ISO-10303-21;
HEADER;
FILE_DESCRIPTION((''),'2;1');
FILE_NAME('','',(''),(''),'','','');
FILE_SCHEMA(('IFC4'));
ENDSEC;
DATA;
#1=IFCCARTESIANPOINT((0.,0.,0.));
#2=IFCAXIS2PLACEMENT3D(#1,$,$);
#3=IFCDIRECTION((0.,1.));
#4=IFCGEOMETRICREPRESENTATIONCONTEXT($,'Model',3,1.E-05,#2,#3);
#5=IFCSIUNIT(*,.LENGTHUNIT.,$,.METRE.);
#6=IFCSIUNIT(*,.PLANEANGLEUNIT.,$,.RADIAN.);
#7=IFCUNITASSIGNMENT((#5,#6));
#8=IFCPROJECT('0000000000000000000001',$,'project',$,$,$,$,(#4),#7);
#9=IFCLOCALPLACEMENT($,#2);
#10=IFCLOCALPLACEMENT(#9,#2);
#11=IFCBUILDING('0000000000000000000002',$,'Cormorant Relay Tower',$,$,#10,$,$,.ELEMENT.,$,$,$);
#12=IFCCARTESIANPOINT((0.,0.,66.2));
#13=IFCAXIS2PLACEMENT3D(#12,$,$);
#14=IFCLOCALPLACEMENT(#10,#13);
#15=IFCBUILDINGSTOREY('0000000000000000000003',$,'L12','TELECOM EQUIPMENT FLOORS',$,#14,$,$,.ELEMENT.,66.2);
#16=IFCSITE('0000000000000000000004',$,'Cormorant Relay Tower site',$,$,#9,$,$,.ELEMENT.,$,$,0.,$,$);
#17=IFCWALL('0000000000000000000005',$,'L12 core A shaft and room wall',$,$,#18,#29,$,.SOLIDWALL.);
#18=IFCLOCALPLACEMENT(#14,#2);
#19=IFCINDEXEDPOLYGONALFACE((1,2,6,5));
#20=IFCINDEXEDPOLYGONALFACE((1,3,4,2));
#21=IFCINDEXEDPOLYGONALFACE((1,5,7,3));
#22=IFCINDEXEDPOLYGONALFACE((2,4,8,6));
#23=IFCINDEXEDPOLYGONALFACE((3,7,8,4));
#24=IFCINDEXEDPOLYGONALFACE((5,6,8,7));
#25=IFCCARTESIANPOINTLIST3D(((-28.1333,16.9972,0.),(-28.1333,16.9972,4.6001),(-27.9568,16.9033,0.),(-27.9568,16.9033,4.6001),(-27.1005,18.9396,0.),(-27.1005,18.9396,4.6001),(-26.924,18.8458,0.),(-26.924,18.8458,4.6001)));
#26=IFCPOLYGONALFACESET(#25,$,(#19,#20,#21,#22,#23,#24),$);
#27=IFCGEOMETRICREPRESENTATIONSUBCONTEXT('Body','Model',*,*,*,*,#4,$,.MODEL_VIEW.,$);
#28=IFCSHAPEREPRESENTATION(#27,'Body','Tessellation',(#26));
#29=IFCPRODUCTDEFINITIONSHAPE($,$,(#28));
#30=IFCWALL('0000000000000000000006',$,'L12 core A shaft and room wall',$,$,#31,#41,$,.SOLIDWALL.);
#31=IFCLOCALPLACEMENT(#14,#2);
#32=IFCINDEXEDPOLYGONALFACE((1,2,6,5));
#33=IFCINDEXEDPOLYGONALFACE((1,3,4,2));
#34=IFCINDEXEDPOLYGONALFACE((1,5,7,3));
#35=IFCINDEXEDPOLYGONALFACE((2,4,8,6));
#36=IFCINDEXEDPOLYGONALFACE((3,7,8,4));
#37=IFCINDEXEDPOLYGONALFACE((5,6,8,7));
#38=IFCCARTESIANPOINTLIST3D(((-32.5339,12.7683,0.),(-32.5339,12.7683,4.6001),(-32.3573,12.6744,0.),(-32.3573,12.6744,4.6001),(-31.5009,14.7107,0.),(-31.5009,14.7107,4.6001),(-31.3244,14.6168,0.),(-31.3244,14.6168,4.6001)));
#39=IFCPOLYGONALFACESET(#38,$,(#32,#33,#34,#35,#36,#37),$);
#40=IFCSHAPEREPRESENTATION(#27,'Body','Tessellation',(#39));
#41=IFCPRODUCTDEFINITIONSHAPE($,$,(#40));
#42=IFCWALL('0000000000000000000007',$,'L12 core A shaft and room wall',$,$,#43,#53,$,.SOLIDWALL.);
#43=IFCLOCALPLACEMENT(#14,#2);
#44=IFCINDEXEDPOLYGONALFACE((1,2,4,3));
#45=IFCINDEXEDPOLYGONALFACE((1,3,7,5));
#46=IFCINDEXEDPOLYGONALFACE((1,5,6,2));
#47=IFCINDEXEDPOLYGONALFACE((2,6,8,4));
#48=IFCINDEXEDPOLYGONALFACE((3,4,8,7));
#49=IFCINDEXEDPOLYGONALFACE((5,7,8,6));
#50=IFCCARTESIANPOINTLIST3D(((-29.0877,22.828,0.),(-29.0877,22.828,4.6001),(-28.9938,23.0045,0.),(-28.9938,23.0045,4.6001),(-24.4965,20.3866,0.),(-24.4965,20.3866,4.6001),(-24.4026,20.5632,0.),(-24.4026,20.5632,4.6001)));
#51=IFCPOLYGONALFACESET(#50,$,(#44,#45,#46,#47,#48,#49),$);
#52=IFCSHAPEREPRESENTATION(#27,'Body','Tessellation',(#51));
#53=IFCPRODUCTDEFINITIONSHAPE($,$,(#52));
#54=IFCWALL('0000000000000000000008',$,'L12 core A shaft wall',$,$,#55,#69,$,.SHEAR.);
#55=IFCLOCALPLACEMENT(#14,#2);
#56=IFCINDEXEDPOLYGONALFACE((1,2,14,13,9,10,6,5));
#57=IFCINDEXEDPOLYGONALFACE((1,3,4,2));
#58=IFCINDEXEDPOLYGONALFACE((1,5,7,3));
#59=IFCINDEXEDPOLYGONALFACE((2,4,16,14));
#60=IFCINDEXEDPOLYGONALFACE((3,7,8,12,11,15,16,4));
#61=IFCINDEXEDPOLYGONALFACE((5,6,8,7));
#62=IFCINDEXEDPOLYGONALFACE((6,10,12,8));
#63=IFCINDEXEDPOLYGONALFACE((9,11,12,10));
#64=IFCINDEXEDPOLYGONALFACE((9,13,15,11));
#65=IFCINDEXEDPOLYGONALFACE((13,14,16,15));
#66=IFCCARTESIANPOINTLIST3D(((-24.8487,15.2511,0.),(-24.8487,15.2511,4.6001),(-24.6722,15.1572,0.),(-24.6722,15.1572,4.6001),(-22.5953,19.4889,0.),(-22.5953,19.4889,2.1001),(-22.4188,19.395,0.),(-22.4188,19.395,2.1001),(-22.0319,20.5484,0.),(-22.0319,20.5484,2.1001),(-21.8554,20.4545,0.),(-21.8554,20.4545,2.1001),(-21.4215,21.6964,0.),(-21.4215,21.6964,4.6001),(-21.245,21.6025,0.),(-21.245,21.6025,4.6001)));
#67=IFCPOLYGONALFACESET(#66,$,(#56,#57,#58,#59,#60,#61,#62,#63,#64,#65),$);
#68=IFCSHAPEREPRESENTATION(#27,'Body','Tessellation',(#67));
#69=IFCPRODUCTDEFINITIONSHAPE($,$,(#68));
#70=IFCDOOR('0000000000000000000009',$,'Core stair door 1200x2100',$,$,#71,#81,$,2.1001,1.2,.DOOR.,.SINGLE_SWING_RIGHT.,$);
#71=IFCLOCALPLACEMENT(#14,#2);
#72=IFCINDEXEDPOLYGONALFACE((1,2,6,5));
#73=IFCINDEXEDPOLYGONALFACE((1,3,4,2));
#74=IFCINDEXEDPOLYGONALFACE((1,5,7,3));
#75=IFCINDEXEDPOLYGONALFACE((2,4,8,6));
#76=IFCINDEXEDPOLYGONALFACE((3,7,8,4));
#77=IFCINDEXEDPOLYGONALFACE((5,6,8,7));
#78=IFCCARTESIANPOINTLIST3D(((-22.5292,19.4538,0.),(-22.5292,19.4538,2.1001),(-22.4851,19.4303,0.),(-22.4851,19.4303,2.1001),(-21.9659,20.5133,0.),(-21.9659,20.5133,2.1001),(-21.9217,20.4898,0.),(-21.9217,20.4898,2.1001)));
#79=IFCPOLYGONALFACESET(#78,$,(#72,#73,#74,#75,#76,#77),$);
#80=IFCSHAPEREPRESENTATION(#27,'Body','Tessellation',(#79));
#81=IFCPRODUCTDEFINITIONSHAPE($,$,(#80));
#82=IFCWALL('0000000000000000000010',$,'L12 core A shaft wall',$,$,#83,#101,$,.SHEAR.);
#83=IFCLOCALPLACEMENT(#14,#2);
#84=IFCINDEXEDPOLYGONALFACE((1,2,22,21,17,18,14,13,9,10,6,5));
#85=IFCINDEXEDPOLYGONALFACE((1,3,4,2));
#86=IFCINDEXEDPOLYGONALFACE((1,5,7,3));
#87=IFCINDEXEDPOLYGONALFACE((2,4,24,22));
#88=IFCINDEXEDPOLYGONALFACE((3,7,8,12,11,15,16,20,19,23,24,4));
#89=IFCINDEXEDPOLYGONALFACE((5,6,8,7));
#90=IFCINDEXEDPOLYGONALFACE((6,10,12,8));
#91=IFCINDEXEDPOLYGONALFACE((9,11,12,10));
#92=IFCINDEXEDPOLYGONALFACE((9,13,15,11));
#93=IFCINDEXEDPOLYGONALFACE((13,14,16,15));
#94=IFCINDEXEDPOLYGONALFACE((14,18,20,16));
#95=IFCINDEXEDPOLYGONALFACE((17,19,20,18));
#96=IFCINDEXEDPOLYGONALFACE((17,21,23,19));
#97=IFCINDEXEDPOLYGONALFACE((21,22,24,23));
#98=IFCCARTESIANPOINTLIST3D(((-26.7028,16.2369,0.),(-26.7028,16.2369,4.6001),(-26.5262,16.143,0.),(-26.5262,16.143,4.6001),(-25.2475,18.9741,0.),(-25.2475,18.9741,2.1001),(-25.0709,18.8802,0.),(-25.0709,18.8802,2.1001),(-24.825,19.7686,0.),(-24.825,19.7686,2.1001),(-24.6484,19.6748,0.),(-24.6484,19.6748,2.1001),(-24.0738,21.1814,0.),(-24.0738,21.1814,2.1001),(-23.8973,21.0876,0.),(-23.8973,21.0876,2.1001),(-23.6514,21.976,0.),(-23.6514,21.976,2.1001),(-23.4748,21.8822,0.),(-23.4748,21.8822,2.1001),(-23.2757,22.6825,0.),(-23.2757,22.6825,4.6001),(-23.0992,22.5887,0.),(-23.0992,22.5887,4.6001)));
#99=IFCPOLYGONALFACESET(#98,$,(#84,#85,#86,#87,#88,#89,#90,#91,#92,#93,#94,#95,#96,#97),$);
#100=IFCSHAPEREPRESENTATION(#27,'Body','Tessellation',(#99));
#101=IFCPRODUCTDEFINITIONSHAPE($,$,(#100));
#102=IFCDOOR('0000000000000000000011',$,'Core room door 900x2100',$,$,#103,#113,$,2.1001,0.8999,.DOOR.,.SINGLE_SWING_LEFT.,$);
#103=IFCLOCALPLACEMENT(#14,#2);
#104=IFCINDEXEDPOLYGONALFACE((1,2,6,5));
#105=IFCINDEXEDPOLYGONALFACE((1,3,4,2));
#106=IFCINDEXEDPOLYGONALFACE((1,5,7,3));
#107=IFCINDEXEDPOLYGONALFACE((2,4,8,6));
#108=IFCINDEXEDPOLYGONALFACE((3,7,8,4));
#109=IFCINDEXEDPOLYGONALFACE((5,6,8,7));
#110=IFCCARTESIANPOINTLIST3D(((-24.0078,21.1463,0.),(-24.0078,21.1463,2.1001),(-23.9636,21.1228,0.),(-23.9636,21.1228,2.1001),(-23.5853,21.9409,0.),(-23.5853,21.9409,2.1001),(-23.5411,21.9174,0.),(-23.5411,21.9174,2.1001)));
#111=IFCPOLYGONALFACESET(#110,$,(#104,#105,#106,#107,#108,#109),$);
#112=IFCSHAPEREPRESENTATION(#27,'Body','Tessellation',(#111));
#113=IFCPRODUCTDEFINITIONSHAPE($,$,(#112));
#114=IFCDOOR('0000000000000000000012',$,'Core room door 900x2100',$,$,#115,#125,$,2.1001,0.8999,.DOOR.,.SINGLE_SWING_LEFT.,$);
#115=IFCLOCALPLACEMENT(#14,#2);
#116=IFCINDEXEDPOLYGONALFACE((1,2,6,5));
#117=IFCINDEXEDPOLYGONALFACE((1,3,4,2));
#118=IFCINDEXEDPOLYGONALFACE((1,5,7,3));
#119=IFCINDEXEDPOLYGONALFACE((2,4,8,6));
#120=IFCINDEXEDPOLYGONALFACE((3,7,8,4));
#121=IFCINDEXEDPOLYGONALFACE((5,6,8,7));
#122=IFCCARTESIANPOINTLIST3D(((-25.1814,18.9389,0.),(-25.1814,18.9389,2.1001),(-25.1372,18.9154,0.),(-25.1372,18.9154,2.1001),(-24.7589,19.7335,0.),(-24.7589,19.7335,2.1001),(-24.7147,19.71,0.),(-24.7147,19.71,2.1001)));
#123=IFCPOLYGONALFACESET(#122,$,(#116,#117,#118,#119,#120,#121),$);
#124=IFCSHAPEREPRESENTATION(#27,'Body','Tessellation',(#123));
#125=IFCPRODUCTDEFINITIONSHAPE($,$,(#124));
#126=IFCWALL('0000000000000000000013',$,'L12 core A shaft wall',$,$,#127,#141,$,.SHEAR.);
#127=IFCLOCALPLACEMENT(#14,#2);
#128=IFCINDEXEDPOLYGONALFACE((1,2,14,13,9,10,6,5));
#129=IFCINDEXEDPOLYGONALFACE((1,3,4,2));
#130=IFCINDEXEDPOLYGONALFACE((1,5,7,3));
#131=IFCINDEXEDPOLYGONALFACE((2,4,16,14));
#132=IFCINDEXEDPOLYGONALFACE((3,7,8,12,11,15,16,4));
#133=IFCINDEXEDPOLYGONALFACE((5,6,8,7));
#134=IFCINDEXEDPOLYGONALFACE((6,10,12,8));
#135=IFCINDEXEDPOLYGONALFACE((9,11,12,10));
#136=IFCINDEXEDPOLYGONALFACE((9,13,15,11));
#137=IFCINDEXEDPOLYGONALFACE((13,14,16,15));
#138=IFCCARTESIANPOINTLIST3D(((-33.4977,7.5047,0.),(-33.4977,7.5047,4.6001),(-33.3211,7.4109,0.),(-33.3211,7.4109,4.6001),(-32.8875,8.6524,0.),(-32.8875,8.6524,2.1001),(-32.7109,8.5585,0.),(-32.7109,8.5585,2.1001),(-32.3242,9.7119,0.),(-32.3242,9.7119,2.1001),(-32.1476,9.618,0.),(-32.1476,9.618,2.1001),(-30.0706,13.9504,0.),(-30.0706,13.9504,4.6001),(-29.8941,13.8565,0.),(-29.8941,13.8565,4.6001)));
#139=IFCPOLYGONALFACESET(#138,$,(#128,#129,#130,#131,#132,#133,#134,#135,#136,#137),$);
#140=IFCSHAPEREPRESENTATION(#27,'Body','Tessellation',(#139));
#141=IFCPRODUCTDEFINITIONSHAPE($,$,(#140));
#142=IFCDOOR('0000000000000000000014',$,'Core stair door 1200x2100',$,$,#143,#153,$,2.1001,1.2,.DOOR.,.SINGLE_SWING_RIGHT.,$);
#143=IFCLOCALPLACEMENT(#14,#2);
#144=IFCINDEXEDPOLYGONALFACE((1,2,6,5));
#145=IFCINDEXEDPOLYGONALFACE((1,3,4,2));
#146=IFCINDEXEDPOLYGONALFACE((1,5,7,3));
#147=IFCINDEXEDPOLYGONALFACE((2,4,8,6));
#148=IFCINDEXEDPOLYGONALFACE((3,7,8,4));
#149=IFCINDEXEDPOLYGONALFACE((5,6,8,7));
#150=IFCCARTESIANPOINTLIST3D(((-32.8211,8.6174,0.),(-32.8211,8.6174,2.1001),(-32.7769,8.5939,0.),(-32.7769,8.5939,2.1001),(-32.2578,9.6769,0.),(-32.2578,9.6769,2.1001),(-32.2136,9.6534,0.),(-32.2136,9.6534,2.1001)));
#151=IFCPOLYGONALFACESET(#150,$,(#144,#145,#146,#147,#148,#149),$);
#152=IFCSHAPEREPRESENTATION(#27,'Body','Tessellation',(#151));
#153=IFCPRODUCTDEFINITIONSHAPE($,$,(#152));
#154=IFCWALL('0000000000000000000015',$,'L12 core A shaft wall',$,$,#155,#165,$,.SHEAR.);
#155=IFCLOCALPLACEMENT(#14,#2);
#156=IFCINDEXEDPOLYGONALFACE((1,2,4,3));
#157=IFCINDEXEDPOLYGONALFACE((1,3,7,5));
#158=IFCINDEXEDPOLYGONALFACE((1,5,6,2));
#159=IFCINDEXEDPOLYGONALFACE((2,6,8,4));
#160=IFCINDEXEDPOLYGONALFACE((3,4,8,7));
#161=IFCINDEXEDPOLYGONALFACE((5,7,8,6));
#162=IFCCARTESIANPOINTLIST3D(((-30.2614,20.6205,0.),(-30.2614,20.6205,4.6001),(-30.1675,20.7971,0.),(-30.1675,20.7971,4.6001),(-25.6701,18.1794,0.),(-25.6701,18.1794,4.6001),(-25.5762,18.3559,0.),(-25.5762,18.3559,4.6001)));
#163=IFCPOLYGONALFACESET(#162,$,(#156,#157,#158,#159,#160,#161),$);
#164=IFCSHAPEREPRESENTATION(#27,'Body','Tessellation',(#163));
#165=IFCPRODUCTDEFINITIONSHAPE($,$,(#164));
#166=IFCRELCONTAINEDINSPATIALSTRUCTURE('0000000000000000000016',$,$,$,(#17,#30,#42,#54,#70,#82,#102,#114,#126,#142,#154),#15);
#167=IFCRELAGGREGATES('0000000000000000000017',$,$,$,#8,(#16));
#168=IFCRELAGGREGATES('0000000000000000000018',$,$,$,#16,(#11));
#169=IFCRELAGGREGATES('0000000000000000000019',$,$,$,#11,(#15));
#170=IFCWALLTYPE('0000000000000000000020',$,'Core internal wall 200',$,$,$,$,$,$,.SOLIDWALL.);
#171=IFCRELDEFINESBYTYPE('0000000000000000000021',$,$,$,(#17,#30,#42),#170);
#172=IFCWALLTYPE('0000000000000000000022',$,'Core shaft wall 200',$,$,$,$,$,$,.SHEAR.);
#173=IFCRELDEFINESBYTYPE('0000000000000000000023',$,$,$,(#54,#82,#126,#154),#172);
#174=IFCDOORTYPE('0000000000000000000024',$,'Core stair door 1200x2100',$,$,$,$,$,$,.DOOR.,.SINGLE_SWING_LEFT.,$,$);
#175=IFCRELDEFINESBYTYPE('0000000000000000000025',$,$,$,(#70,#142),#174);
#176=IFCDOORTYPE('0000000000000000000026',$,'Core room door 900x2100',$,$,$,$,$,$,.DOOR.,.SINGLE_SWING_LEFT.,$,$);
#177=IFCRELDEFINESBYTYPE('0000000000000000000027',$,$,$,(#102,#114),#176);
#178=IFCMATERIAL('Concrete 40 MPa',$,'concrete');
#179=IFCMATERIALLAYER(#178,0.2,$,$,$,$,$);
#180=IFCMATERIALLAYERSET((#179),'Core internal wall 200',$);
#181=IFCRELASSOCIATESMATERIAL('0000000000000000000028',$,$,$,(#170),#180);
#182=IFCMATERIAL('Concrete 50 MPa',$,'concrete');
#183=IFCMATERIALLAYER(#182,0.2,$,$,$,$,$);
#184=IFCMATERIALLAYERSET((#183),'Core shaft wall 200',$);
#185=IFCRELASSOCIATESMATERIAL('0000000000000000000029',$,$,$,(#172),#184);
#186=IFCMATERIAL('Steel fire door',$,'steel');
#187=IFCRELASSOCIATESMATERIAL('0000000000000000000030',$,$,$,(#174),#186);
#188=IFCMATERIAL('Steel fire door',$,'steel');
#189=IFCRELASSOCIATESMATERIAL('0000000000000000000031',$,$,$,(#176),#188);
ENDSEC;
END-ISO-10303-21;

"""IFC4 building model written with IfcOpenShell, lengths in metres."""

from ifc_helpers import new_model, si_unit, direction, frame, frame_2d, origin, place, context, subcontext, project, spatial, rectangle, extrude, material, layer, layer_set, type_object, element, fill, save


model = new_model("IFC4")

# Units and contexts
model_context = context("Model", 3, precision=1e-05, world=origin(), true_north=direction((0.0, 1.0)))
body_context = subcontext(model_context, "Body", "Model", "MODEL_VIEW")
ifc_project = project(units=[si_unit("LENGTHUNIT", "METRE"), si_unit("PLANEANGLEUNIT", "RADIAN")], contexts=[model_context])

# Site, building, storey
site_placement = place(None, origin())
site = spatial("IfcSite", under=ifc_project, at=site_placement, Name="Cormorant Relay Tower site", CompositionType="ELEMENT", RefElevation=0.0)
building_placement = place(site_placement, origin())
building = spatial("IfcBuilding", under=site, at=building_placement, Name="Cormorant Relay Tower", CompositionType="ELEMENT")
storey_placement = place(building_placement, frame((0.0, 0.0, 66.2)))
storey = spatial("IfcBuildingStorey", under=building, at=storey_placement, Name="L12", Description="TELECOM EQUIPMENT FLOORS", CompositionType="ELEMENT", Elevation=66.2)

# Walls
ifc_material_1 = material(Name="Concrete 40 MPa", Category="concrete")
ifc_layer_1 = layer(ifc_material_1, 0.2)
ifc_layer_set_1 = layer_set([ifc_layer_1], Name="Core internal wall 200")
wall_type_1 = type_object("IfcWallType", Name="Core internal wall 200", PredefinedType="SOLIDWALL", material=ifc_layer_set_1)
for number, where, z_axis, x_axis, name in (
    (1, (-27.0122, 18.8928, 0.0), (0.0, 0.0, 1.0), (-0.469447, -0.88296, 0.0), "L12 core A shaft and room wall"),
    (2, (-31.4126, 14.6638, 0.0), (0.0, 0.0, 1.0), (-0.469534, -0.882914, 0.0), "L12 core A shaft and room wall"),
):
    element("IfcWall", number, at=place(storey_placement, frame(where, z_axis=z_axis, x_axis=x_axis)), inside=storey, type_object=wall_type_1, Name=name, PredefinedType="SOLIDWALL", context=body_context, shape_type="SweptSolid", body=[
        extrude(rectangle(XDim=2.2, YDim=0.2, at=frame_2d((1.1001, 0.0))), origin(), (0.0, 0.0, 1.0), 4.6001),
    ])
wall_1_placement = place(storey_placement, frame((-24.4495, 20.4749, 0.0), z_axis=(0.0, 0.0, 1.0), x_axis=(-0.882935, 0.469496, 0.0)))
element("IfcWall", 3, at=wall_1_placement, inside=storey, type_object=wall_type_1, Name="L12 core A shaft and room wall", PredefinedType="SOLIDWALL", context=body_context, shape_type="SweptSolid", body=[
    extrude(rectangle(XDim=5.2, YDim=0.2, at=frame_2d((2.6001, 0.0))), origin(), (0.0, 0.0, 1.0), 4.6001),
])

# Wall, opening, door
ifc_material_2 = material(Name="Concrete 50 MPa", Category="concrete")
ifc_layer_2 = layer(ifc_material_2, 0.2)
ifc_layer_set_2 = layer_set([ifc_layer_2], Name="Core shaft wall 200")
wall_type_2 = type_object("IfcWallType", Name="Core shaft wall 200", PredefinedType="SHEAR", material=ifc_layer_set_2)
wall_2_placement = place(storey_placement, frame((-21.3333, 21.6494, 0.0), z_axis=(0.0, 0.0, 1.0), x_axis=(-0.469494, -0.882936, 0.0)))
wall_2 = element("IfcWall", 4, at=wall_2_placement, inside=storey, type_object=wall_type_2, Name="L12 core A shaft wall", PredefinedType="SHEAR", context=body_context, shape_type="SweptSolid", body=[
    extrude(rectangle(XDim=7.2998, YDim=0.2, at=frame_2d((3.6499, 0.0))), origin(), (0.0, 0.0, 1.0), 4.6001),
])
opening_1_placement = place(wall_2_placement, frame((1.3, 0.0, 0.0)))
opening_1 = element("IfcOpeningElement", 5, at=opening_1_placement, cuts=wall_2, PredefinedType="OPENING", context=body_context, shape_type="SweptSolid", body=[
    extrude(rectangle(XDim=1.2, YDim=2.1001, at=frame_2d((0.6001, 1.05))), frame((0.0, 0.1099, 0.0), z_axis=(0.0, -1.0, 0.0), x_axis=(1.0, 0.0, 0.0)), (0.0, 0.0, 1.0), 0.22),
])
ifc_material_3 = material(Name="Steel fire door", Category="steel")
door_type_1 = type_object("IfcDoorType", Name="Core stair door 1200x2100", OperationType="SINGLE_SWING_LEFT", PredefinedType="DOOR", material=ifc_material_3)
door_1_placement = place(opening_1_placement, origin())
door_1 = element("IfcDoor", 6, at=door_1_placement, inside=storey, type_object=door_type_1, Name="Core stair door 1200x2100", OperationType="SINGLE_SWING_RIGHT", OverallHeight=2.1001, OverallWidth=1.2, PredefinedType="DOOR", context=body_context, shape_type="SweptSolid", body=[
    extrude(rectangle(XDim=1.2, YDim=2.1001, at=frame_2d((0.6001, 1.05))), frame((0.0, 0.0249, 0.0), z_axis=(0.0, -1.0, 0.0), x_axis=(1.0, 0.0, 0.0)), (0.0, 0.0, 1.0), 0.05),
])
fill(opening_1, door_1)

# Wall, openings, doors
wall_3_placement = place(storey_placement, frame((-23.1875, 22.6355, 0.0), z_axis=(0.0, 0.0, 1.0), x_axis=(-0.469454, -0.882957, 0.0)))
wall_3 = element("IfcWall", 7, at=wall_3_placement, inside=storey, type_object=wall_type_2, Name="L12 core A shaft wall", PredefinedType="SHEAR", context=body_context, shape_type="SweptSolid", body=[
    extrude(rectangle(XDim=7.3, YDim=0.2, at=frame_2d((3.6499, 0.0))), origin(), (0.0, 0.0, 1.0), 4.6001),
])
opening_2_placement = place(wall_3_placement, frame((0.8, 0.0, 0.0)))
opening_2 = element("IfcOpeningElement", 8, at=opening_2_placement, cuts=wall_3, PredefinedType="OPENING", context=body_context, shape_type="SweptSolid", body=[
    extrude(rectangle(XDim=0.8999, YDim=2.1001, at=frame_2d((0.45, 1.05))), frame((0.0, 0.1099, 0.0), z_axis=(0.0, -1.0, 0.0), x_axis=(1.0, 0.0, 0.0)), (0.0, 0.0, 1.0), 0.22),
])
opening_3_placement = place(wall_3_placement, frame((3.3, 0.0, 0.0)))
opening_3 = element("IfcOpeningElement", 9, at=opening_3_placement, cuts=wall_3, PredefinedType="OPENING", context=body_context, shape_type="SweptSolid", body=[
    extrude(rectangle(XDim=0.8999, YDim=2.1001, at=frame_2d((0.45, 1.05))), frame((0.0, 0.1099, 0.0), z_axis=(0.0, -1.0, 0.0), x_axis=(1.0, 0.0, 0.0)), (0.0, 0.0, 1.0), 0.22),
])
ifc_material_4 = material(Name="Steel fire door", Category="steel")
door_type_2 = type_object("IfcDoorType", Name="Core room door 900x2100", OperationType="SINGLE_SWING_LEFT", PredefinedType="DOOR", material=ifc_material_4)
door_2_placement = place(opening_2_placement, origin())
door_2 = element("IfcDoor", 10, at=door_2_placement, inside=storey, type_object=door_type_2, Name="Core room door 900x2100", OperationType="SINGLE_SWING_LEFT", OverallHeight=2.1001, OverallWidth=0.8999, PredefinedType="DOOR", context=body_context, shape_type="SweptSolid", body=[
    extrude(rectangle(XDim=0.8999, YDim=2.1001, at=frame_2d((0.45, 1.05))), frame((0.0, 0.0249, 0.0), z_axis=(0.0, -1.0, 0.0), x_axis=(1.0, 0.0, 0.0)), (0.0, 0.0, 1.0), 0.05),
])
fill(opening_2, door_2)
door_3_placement = place(opening_3_placement, origin())
door_3 = element("IfcDoor", 11, at=door_3_placement, inside=storey, type_object=door_type_2, Name="Core room door 900x2100", OperationType="SINGLE_SWING_LEFT", OverallHeight=2.1001, OverallWidth=0.8999, PredefinedType="DOOR", context=body_context, shape_type="SweptSolid", body=[
    extrude(rectangle(XDim=0.8999, YDim=2.1001, at=frame_2d((0.45, 1.05))), frame((0.0, 0.0249, 0.0), z_axis=(0.0, -1.0, 0.0), x_axis=(1.0, 0.0, 0.0)), (0.0, 0.0, 1.0), 0.05),
])
fill(opening_3, door_3)

# Wall, opening, door
wall_4_placement = place(storey_placement, frame((-29.9824, 13.9033, 0.0), z_axis=(0.0, 0.0, 1.0), x_axis=(-0.469454, -0.882957, 0.0)))
wall_4 = element("IfcWall", 12, at=wall_4_placement, inside=storey, type_object=wall_type_2, Name="L12 core A shaft wall", PredefinedType="SHEAR", context=body_context, shape_type="SweptSolid", body=[
    extrude(rectangle(XDim=7.3, YDim=0.2, at=frame_2d((3.6499, 0.0))), origin(), (0.0, 0.0, 1.0), 4.6001),
])
opening_4_placement = place(wall_4_placement, frame((4.8, 0.0, 0.0)))
opening_4 = element("IfcOpeningElement", 13, at=opening_4_placement, cuts=wall_4, PredefinedType="OPENING", context=body_context, shape_type="SweptSolid", body=[
    extrude(rectangle(XDim=1.2, YDim=2.1001, at=frame_2d((0.6001, 1.05))), frame((0.0, 0.1099, 0.0), z_axis=(0.0, -1.0, 0.0), x_axis=(1.0, 0.0, 0.0)), (0.0, 0.0, 1.0), 0.22),
])
door_4_placement = place(opening_4_placement, frame((1.2, 0.0, 0.0), z_axis=(0.0, 0.0, 1.0), x_axis=(-1.0, 0.0, 0.0)))
door_4 = element("IfcDoor", 14, at=door_4_placement, inside=storey, type_object=door_type_1, Name="Core stair door 1200x2100", OperationType="SINGLE_SWING_RIGHT", OverallHeight=2.1001, OverallWidth=1.2, PredefinedType="DOOR", context=body_context, shape_type="SweptSolid", body=[
    extrude(rectangle(XDim=1.2, YDim=2.1001, at=frame_2d((0.6001, 1.05))), frame((0.0, 0.0249, 0.0), z_axis=(0.0, -1.0, 0.0), x_axis=(1.0, 0.0, 0.0)), (0.0, 0.0, 1.0), 0.05),
])
fill(opening_4, door_4)

# Wall
wall_5_placement = place(storey_placement, frame((-25.623, 18.2676, 0.0), z_axis=(0.0, 0.0, 1.0), x_axis=(-0.882954, 0.46946, 0.0)))
element("IfcWall", 15, at=wall_5_placement, inside=storey, type_object=wall_type_2, Name="L12 core A shaft wall", PredefinedType="SHEAR", context=body_context, shape_type="SweptSolid", body=[
    extrude(rectangle(XDim=5.2, YDim=0.2, at=frame_2d((2.6001, 0.0))), origin(), (0.0, 0.0, 1.0), 4.6001),
])

save(model, "model.ifc")
